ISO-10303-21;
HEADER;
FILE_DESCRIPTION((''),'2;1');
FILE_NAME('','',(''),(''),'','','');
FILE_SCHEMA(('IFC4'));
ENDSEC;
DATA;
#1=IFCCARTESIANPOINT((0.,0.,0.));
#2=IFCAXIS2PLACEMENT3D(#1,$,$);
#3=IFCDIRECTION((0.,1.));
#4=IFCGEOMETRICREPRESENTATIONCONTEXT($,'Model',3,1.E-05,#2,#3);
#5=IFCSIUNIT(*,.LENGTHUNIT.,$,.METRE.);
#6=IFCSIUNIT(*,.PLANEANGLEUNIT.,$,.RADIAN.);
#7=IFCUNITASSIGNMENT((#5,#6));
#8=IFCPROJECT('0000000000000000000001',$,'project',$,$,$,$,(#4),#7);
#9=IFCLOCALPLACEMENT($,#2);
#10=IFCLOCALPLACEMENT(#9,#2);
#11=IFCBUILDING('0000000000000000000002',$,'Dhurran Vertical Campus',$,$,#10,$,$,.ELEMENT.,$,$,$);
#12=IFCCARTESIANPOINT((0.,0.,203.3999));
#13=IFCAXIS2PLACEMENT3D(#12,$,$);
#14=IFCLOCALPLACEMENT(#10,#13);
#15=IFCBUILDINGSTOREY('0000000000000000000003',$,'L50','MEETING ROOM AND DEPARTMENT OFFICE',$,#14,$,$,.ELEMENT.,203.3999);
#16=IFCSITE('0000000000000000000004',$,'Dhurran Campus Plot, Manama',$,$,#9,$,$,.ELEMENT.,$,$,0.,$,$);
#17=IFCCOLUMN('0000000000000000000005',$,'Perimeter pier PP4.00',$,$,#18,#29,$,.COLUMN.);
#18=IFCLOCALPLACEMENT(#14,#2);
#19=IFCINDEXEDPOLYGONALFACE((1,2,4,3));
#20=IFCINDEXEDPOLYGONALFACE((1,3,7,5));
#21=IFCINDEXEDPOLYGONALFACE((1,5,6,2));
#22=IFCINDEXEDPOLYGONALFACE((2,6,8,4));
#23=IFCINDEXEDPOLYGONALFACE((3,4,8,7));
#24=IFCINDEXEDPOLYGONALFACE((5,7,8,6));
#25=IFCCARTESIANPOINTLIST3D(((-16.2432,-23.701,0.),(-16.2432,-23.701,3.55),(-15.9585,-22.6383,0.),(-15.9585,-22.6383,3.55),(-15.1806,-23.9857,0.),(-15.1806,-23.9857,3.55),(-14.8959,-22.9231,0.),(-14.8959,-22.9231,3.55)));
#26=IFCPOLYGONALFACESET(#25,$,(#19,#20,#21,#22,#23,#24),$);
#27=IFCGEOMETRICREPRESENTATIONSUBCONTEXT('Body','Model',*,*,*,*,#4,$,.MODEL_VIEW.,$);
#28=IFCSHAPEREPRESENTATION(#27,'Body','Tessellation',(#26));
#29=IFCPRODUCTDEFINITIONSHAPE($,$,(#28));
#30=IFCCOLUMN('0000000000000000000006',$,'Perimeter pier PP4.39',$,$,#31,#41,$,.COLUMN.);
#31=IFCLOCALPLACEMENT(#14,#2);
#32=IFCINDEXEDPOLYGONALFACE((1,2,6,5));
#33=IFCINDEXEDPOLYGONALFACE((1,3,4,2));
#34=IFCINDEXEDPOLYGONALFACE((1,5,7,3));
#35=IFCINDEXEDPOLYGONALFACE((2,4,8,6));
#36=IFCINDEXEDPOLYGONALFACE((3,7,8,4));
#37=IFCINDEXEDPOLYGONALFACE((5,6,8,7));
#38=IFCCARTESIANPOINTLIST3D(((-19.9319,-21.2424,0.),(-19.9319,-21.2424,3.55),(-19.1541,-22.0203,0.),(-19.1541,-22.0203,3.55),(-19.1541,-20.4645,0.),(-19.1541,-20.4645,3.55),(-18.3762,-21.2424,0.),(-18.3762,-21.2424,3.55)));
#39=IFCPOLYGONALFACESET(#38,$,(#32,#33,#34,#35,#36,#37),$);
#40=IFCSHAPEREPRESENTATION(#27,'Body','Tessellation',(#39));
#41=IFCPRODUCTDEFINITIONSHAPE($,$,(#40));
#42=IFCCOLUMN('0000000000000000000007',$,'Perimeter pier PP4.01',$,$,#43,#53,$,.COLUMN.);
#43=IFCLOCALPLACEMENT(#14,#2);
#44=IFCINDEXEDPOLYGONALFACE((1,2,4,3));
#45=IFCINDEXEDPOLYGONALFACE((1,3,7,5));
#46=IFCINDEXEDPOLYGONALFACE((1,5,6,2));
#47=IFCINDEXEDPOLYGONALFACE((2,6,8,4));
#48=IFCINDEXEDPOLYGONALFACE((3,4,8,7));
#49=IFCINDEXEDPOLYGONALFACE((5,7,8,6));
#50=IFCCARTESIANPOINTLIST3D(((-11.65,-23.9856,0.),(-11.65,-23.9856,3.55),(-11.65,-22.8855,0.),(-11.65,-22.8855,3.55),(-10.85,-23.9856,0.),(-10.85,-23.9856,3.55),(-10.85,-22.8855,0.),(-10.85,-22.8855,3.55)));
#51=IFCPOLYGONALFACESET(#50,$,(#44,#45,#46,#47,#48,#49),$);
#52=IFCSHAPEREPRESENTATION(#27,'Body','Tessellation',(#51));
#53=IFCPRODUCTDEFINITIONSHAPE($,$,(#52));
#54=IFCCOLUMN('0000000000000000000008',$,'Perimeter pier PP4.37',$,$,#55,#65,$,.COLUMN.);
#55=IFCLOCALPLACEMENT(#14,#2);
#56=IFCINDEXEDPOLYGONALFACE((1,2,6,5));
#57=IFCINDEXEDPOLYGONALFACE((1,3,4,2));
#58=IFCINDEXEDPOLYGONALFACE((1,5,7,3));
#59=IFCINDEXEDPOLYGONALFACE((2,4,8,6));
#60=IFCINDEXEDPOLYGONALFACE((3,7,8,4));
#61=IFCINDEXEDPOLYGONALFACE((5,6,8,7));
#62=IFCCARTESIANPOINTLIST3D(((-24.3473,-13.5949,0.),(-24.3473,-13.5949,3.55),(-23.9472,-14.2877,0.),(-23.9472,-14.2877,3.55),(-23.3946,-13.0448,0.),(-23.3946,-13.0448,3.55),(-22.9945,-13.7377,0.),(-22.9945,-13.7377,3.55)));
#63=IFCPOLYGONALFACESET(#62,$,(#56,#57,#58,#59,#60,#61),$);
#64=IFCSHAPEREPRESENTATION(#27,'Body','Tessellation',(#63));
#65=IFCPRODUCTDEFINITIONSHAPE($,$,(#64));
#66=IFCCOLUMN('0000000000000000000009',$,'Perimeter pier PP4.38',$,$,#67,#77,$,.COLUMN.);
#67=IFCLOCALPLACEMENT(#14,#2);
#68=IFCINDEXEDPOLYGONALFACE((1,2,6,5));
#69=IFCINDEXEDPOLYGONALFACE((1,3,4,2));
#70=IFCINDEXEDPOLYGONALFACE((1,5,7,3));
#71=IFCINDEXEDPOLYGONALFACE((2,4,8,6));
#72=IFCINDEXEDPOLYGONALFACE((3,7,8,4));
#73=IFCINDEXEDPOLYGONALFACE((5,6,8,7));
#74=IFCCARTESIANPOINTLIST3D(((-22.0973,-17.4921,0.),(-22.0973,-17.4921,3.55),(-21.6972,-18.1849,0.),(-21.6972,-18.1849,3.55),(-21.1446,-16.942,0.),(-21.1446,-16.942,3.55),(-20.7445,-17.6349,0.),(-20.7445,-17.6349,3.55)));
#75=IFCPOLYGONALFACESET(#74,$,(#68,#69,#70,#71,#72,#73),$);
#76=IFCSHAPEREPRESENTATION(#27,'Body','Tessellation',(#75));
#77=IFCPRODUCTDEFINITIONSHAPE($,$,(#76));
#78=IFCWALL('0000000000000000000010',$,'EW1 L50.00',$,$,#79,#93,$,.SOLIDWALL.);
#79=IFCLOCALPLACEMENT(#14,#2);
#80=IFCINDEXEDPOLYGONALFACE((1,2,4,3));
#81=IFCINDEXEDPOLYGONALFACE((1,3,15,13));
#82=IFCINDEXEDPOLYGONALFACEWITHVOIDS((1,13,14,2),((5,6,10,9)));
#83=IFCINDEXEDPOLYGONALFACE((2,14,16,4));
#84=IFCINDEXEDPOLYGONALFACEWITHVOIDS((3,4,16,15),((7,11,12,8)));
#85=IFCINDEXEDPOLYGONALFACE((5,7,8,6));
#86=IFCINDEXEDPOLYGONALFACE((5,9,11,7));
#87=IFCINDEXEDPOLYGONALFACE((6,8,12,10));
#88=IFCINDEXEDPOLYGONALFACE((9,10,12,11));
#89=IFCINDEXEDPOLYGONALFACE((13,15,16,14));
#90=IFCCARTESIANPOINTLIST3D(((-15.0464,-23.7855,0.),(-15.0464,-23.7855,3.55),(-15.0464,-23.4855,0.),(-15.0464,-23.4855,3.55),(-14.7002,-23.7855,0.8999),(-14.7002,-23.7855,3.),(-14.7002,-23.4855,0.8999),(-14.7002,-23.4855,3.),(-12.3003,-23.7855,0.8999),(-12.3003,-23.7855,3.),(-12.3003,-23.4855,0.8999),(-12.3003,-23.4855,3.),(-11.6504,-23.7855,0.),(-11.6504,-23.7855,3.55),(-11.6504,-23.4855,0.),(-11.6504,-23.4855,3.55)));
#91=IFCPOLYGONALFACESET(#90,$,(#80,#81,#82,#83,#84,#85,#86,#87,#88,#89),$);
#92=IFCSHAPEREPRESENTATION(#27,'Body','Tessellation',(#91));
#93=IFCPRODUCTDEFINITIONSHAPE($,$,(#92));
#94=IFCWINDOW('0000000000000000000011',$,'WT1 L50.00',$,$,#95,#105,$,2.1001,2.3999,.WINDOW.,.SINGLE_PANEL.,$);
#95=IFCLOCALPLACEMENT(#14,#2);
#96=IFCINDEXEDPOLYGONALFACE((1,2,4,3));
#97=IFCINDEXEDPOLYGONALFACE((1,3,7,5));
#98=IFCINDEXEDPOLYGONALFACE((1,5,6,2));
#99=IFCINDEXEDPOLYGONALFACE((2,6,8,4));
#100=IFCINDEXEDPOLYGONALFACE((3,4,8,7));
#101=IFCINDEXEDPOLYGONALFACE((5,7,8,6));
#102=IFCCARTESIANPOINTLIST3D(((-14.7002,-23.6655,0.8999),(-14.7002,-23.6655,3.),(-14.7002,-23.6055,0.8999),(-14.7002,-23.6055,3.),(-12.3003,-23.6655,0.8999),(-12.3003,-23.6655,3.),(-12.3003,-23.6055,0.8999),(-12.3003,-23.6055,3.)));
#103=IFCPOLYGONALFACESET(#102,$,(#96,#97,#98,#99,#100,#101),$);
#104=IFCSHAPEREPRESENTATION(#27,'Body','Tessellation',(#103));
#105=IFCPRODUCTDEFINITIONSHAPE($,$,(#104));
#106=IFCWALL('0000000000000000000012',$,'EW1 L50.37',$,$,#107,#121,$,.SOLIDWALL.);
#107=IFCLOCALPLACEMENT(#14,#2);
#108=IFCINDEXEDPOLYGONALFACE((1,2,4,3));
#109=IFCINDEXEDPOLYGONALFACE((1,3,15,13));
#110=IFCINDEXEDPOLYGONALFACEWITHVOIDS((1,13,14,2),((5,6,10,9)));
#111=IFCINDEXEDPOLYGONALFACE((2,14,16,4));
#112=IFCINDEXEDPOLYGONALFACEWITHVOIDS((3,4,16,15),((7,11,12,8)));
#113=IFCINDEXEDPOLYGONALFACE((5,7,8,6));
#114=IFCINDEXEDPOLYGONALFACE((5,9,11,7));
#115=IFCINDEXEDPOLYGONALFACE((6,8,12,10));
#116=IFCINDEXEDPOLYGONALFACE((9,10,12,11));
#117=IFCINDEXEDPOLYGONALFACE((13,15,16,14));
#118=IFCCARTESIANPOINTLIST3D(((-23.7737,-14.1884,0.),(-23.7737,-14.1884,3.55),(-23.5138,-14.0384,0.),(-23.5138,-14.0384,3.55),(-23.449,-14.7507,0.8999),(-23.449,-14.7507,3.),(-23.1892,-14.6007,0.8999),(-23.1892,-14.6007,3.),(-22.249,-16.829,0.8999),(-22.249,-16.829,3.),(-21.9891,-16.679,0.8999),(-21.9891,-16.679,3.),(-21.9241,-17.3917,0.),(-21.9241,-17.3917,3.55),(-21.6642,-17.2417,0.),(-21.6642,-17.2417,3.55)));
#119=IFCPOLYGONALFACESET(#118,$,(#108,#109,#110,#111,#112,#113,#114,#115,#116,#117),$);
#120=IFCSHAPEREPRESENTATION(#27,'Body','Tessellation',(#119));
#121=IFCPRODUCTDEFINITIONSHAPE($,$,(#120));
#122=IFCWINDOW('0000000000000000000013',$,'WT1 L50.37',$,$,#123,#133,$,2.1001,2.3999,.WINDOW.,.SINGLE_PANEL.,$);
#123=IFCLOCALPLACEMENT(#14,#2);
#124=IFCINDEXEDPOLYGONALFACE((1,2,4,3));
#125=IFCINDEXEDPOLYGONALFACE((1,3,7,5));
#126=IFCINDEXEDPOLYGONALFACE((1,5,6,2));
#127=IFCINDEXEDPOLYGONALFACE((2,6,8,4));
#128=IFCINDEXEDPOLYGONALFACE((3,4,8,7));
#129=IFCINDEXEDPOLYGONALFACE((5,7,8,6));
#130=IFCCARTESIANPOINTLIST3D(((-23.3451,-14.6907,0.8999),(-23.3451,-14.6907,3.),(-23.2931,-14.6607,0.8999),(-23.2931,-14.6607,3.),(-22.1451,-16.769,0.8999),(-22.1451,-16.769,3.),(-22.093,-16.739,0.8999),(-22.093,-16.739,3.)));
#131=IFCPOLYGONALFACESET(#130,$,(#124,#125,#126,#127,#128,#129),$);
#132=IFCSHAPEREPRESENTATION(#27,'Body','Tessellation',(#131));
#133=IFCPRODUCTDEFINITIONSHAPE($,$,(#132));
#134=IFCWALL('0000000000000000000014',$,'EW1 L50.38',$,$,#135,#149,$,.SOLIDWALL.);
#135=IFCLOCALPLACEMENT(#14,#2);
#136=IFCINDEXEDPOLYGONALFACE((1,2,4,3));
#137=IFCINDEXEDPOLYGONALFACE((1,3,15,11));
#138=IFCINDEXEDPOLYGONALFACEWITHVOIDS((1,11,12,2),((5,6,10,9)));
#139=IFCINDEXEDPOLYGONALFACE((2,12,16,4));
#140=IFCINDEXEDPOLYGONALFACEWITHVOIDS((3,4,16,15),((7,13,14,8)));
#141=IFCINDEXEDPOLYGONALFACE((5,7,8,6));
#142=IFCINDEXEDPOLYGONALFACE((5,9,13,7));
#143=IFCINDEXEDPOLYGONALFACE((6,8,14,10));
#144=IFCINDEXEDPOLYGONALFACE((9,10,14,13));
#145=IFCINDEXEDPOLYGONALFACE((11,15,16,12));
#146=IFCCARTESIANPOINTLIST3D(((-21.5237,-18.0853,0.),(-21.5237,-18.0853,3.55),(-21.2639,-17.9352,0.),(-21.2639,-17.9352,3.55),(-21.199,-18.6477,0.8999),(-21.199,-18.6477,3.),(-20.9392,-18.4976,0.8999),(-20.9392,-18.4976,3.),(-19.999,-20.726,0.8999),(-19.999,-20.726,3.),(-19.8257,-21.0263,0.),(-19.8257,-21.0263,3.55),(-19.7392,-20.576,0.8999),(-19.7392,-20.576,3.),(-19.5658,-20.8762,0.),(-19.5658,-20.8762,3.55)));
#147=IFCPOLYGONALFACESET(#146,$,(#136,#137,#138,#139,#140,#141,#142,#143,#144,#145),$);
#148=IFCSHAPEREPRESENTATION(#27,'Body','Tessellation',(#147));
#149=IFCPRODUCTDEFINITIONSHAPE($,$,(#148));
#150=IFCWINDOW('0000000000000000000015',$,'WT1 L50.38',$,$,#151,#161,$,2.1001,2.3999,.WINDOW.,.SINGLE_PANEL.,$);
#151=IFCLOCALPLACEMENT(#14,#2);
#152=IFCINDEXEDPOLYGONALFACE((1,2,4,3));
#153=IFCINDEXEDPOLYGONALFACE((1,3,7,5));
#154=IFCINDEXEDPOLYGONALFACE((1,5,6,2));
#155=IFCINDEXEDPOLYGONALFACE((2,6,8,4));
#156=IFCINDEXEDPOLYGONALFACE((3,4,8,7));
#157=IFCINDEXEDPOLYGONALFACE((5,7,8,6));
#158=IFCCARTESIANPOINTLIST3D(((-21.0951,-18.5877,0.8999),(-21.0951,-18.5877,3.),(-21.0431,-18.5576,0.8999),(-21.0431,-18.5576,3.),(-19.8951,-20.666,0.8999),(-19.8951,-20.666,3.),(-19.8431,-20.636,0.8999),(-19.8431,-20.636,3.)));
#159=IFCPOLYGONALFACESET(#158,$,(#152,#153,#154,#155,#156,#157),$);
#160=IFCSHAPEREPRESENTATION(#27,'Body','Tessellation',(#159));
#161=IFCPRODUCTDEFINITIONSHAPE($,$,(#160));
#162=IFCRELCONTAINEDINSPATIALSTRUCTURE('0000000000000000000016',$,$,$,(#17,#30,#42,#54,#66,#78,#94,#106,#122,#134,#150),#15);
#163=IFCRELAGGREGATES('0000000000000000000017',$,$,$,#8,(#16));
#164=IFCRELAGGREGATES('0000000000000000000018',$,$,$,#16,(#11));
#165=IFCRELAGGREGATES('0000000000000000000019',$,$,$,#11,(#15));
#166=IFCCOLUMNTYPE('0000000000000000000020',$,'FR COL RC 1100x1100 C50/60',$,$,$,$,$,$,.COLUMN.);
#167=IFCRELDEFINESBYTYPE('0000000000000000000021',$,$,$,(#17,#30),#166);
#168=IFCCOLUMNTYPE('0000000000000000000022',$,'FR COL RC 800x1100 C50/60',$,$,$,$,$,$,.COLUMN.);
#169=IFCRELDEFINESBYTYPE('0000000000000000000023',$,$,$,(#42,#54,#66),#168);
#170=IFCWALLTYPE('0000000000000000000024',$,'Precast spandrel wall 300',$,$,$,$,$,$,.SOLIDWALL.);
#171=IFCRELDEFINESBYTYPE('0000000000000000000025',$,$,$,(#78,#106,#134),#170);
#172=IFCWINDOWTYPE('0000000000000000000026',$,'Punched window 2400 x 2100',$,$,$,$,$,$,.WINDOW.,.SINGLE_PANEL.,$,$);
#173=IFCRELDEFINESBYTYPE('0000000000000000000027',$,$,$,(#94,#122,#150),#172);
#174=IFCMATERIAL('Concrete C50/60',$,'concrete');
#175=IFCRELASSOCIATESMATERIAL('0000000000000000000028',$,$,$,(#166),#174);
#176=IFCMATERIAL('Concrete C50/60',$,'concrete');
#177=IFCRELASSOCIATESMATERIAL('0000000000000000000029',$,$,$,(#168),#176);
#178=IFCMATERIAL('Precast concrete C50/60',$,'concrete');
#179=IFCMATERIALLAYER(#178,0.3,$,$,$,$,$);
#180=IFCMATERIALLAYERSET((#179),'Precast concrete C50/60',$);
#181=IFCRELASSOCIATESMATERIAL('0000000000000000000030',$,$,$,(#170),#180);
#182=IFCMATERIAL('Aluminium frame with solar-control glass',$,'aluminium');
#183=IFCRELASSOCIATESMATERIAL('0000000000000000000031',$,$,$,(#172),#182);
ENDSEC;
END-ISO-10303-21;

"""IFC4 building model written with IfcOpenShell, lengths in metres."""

from ifc_helpers import new_model, si_unit, direction, frame, frame_2d, origin, origin_2d, place, context, subcontext, project, spatial, rectangle, extrude, material, layer, layer_set, material_profile, profile_set, type_object, element, fill, save


model = new_model("IFC4")

# Units and contexts
model_context = context("Model", 3, precision=1e-05, world=origin(), true_north=direction((0.0, 1.0)))
body_context = subcontext(model_context, "Body", "Model", "MODEL_VIEW")
ifc_project = project(units=[si_unit("LENGTHUNIT", "METRE"), si_unit("PLANEANGLEUNIT", "RADIAN")], contexts=[model_context])

# Site, building, storey
site_placement = place(None, origin())
site = spatial("IfcSite", under=ifc_project, at=site_placement, Name="Dhurran Campus Plot, Manama", CompositionType="ELEMENT", RefElevation=0.0)
building_placement = place(site_placement, origin())
building = spatial("IfcBuilding", under=site, at=building_placement, Name="Dhurran Vertical Campus", CompositionType="ELEMENT")
storey_placement = place(building_placement, frame((0.0, 0.0, 203.3999)))
storey = spatial("IfcBuildingStorey", under=building, at=storey_placement, Name="L50", Description="MEETING ROOM AND DEPARTMENT OFFICE", CompositionType="ELEMENT", Elevation=203.3999)

# Columns
ifc_material_1 = material(Name="Concrete C50/60", Category="concrete")
ifc_material_profile_1 = material_profile(ifc_material_1, rectangle(XDim=1.1001, YDim=1.1001, at=origin_2d()), Name="RC 1100x1100")
ifc_profile_set_1 = profile_set([ifc_material_profile_1], Name="Concrete C50/60")
column_type_1 = type_object("IfcColumnType", Name="FR COL RC 1100x1100 C50/60", PredefinedType="COLUMN", material=ifc_profile_set_1)
for number, where, z_axis, x_axis, name in (
    (1, (-15.5696, -23.312, 0.0), (0.0, 0.0, 1.0), (0.965926, -0.258819, 0.0), "Perimeter pier PP4.00"),
    (2, (-19.1541, -21.2424, 0.0), (0.0, 0.0, 1.0), (0.707107, -0.707107, 0.0), "Perimeter pier PP4.39"),
):
    element("IfcColumn", number, at=place(storey_placement, frame(where, z_axis=z_axis, x_axis=x_axis)), inside=storey, type_object=column_type_1, Name=name, PredefinedType="COLUMN", context=body_context, shape_type="SweptSolid", body=[
        extrude(rectangle(XDim=1.1001, YDim=1.1001, at=origin_2d()), origin(), (0.0, 0.0, 1.0), 3.55),
    ])
ifc_material_2 = material(Name="Concrete C50/60", Category="concrete")
ifc_material_profile_2 = material_profile(ifc_material_2, rectangle(XDim=0.8, YDim=1.1001, at=origin_2d()), Name="RC 800x1100")
ifc_profile_set_2 = profile_set([ifc_material_profile_2], Name="Concrete C50/60")
column_type_2 = type_object("IfcColumnType", Name="FR COL RC 800x1100 C50/60", PredefinedType="COLUMN", material=ifc_profile_set_2)
for number, where, z_axis, x_axis, name in (
    (3, (-11.25, -23.4355, 0.0), (0.0, 0.0, 1.0), (1.0, 0.0, 0.0), "Perimeter pier PP4.01"),
    (4, (-23.6709, -13.6663, 0.0), (0.0, 0.0, 1.0), (0.5, -0.866025, 0.0), "Perimeter pier PP4.37"),
    (5, (-21.4209, -17.5635, 0.0), (0.0, 0.0, 1.0), (0.5, -0.866025, 0.0), "Perimeter pier PP4.38"),
):
    element("IfcColumn", number, at=place(storey_placement, frame(where, z_axis=z_axis, x_axis=x_axis)), inside=storey, type_object=column_type_2, Name=name, PredefinedType="COLUMN", context=body_context, shape_type="SweptSolid", body=[
        extrude(rectangle(XDim=0.8, YDim=1.1001, at=origin_2d()), origin(), (0.0, 0.0, 1.0), 3.55),
    ])

# Walls, openings, windows
ifc_material_3 = material(Name="Precast concrete C50/60", Category="concrete")
ifc_layer_1 = layer(ifc_material_3, 0.3)
ifc_layer_set_1 = layer_set([ifc_layer_1], Name="Precast concrete C50/60")
wall_type_1 = type_object("IfcWallType", Name="Precast spandrel wall 300", PredefinedType="SOLIDWALL", material=ifc_layer_set_1)
wall_1_placement = place(storey_placement, frame((-15.0464, -23.6355, 0.0), z_axis=(0.0, 0.0, 1.0), x_axis=(1.0, 0.0, 0.0)))
wall_1 = element("IfcWall", 6, at=wall_1_placement, inside=storey, type_object=wall_type_1, Name="EW1 L50.00", PredefinedType="SOLIDWALL", context=body_context, shape_type="SweptSolid", body=[
    extrude(rectangle(XDim=3.396, YDim=0.3, at=frame_2d((1.698, 0.0))), origin(), (0.0, 0.0, 1.0), 3.55),
])
opening_1_placement = place(wall_1_placement, frame((0.3462, 0.0, 0.8999)))
opening_1 = element("IfcOpeningElement", 7, at=opening_1_placement, cuts=wall_1, PredefinedType="OPENING", context=body_context, shape_type="SweptSolid", body=[
    extrude(rectangle(XDim=2.3999, YDim=2.1001, at=frame_2d((1.2, 1.05))), frame((0.0, 0.1599, 0.0), z_axis=(0.0, -1.0, 0.0), x_axis=(1.0, 0.0, 0.0)), (0.0, 0.0, 1.0), 0.3201),
])
ifc_material_4 = material(Name="Aluminium frame with solar-control glass", Category="aluminium")
window_type = type_object("IfcWindowType", Name="Punched window 2400 x 2100", PartitioningType="SINGLE_PANEL", PredefinedType="WINDOW", material=ifc_material_4)
window_1_placement = place(opening_1_placement, origin())
window_1 = element("IfcWindow", 8, at=window_1_placement, inside=storey, type_object=window_type, Name="WT1 L50.00", OverallHeight=2.1001, OverallWidth=2.3999, PartitioningType="SINGLE_PANEL", PredefinedType="WINDOW", context=body_context, shape_type="SweptSolid", body=[
    extrude(rectangle(XDim=2.3999, YDim=2.1001, at=frame_2d((1.2, 1.05))), frame((0.0, 0.03, 0.0), z_axis=(0.0, -1.0, 0.0), x_axis=(1.0, 0.0, 0.0)), (0.0, 0.0, 1.0), 0.0601),
])
fill(opening_1, window_1)
wall_2_placement = place(storey_placement, frame((-23.6438, -14.1133, 0.0), z_axis=(0.0, 0.0, 1.0), x_axis=(0.500029, -0.866009, 0.0)))
wall_2 = element("IfcWall", 9, at=wall_2_placement, inside=storey, type_object=wall_type_1, Name="EW1 L50.37", PredefinedType="SOLIDWALL", context=body_context, shape_type="SweptSolid", body=[
    extrude(rectangle(XDim=3.699, YDim=0.3, at=frame_2d((1.8496, 0.0))), origin(), (0.0, 0.0, 1.0), 3.55),
])
opening_2_placement = place(wall_2_placement, frame((0.6494, 0.0, 0.8999)))
opening_2 = element("IfcOpeningElement", 10, at=opening_2_placement, cuts=wall_2, PredefinedType="OPENING", context=body_context, shape_type="SweptSolid", body=[
    extrude(rectangle(XDim=2.3999, YDim=2.1001, at=frame_2d((1.2, 1.05))), frame((0.0, 0.1599, 0.0), z_axis=(0.0, -1.0, 0.0), x_axis=(1.0, 0.0, 0.0)), (0.0, 0.0, 1.0), 0.3201),
])
window_2_placement = place(opening_2_placement, origin())
window_2 = element("IfcWindow", 11, at=window_2_placement, inside=storey, type_object=window_type, Name="WT1 L50.37", OverallHeight=2.1001, OverallWidth=2.3999, PartitioningType="SINGLE_PANEL", PredefinedType="WINDOW", context=body_context, shape_type="SweptSolid", body=[
    extrude(rectangle(XDim=2.3999, YDim=2.1001, at=frame_2d((1.2, 1.05))), frame((0.0, 0.03, 0.0), z_axis=(0.0, -1.0, 0.0), x_axis=(1.0, 0.0, 0.0)), (0.0, 0.0, 1.0), 0.0601),
])
fill(opening_2, window_2)
wall_3_placement = place(storey_placement, frame((-21.3938, -18.0103, 0.0), z_axis=(0.0, 0.0, 1.0), x_axis=(0.500013, -0.866018, 0.0)))
wall_3 = element("IfcWall", 12, at=wall_3_placement, inside=storey, type_object=wall_type_1, Name="EW1 L50.38", PredefinedType="SOLIDWALL", context=body_context, shape_type="SweptSolid", body=[
    extrude(rectangle(XDim=3.396, YDim=0.3, at=frame_2d((1.698, 0.0))), origin(), (0.0, 0.0, 1.0), 3.55),
])
opening_3_placement = place(wall_3_placement, frame((0.6494, 0.0, 0.8999)))
opening_3 = element("IfcOpeningElement", 13, at=opening_3_placement, cuts=wall_3, PredefinedType="OPENING", context=body_context, shape_type="SweptSolid", body=[
    extrude(rectangle(XDim=2.3999, YDim=2.1001, at=frame_2d((1.2, 1.05))), frame((0.0, 0.1599, 0.0), z_axis=(0.0, -1.0, 0.0), x_axis=(1.0, 0.0, 0.0)), (0.0, 0.0, 1.0), 0.3201),
])
window_3_placement = place(opening_3_placement, origin())
window_3 = element("IfcWindow", 14, at=window_3_placement, inside=storey, type_object=window_type, Name="WT1 L50.38", OverallHeight=2.1001, OverallWidth=2.3999, PartitioningType="SINGLE_PANEL", PredefinedType="WINDOW", context=body_context, shape_type="SweptSolid", body=[
    extrude(rectangle(XDim=2.3999, YDim=2.1001, at=frame_2d((1.2, 1.05))), frame((0.0, 0.03, 0.0), z_axis=(0.0, -1.0, 0.0), x_axis=(1.0, 0.0, 0.0)), (0.0, 0.0, 1.0), 0.0601),
])
fill(opening_3, window_3)

save(model, "model.ifc")
